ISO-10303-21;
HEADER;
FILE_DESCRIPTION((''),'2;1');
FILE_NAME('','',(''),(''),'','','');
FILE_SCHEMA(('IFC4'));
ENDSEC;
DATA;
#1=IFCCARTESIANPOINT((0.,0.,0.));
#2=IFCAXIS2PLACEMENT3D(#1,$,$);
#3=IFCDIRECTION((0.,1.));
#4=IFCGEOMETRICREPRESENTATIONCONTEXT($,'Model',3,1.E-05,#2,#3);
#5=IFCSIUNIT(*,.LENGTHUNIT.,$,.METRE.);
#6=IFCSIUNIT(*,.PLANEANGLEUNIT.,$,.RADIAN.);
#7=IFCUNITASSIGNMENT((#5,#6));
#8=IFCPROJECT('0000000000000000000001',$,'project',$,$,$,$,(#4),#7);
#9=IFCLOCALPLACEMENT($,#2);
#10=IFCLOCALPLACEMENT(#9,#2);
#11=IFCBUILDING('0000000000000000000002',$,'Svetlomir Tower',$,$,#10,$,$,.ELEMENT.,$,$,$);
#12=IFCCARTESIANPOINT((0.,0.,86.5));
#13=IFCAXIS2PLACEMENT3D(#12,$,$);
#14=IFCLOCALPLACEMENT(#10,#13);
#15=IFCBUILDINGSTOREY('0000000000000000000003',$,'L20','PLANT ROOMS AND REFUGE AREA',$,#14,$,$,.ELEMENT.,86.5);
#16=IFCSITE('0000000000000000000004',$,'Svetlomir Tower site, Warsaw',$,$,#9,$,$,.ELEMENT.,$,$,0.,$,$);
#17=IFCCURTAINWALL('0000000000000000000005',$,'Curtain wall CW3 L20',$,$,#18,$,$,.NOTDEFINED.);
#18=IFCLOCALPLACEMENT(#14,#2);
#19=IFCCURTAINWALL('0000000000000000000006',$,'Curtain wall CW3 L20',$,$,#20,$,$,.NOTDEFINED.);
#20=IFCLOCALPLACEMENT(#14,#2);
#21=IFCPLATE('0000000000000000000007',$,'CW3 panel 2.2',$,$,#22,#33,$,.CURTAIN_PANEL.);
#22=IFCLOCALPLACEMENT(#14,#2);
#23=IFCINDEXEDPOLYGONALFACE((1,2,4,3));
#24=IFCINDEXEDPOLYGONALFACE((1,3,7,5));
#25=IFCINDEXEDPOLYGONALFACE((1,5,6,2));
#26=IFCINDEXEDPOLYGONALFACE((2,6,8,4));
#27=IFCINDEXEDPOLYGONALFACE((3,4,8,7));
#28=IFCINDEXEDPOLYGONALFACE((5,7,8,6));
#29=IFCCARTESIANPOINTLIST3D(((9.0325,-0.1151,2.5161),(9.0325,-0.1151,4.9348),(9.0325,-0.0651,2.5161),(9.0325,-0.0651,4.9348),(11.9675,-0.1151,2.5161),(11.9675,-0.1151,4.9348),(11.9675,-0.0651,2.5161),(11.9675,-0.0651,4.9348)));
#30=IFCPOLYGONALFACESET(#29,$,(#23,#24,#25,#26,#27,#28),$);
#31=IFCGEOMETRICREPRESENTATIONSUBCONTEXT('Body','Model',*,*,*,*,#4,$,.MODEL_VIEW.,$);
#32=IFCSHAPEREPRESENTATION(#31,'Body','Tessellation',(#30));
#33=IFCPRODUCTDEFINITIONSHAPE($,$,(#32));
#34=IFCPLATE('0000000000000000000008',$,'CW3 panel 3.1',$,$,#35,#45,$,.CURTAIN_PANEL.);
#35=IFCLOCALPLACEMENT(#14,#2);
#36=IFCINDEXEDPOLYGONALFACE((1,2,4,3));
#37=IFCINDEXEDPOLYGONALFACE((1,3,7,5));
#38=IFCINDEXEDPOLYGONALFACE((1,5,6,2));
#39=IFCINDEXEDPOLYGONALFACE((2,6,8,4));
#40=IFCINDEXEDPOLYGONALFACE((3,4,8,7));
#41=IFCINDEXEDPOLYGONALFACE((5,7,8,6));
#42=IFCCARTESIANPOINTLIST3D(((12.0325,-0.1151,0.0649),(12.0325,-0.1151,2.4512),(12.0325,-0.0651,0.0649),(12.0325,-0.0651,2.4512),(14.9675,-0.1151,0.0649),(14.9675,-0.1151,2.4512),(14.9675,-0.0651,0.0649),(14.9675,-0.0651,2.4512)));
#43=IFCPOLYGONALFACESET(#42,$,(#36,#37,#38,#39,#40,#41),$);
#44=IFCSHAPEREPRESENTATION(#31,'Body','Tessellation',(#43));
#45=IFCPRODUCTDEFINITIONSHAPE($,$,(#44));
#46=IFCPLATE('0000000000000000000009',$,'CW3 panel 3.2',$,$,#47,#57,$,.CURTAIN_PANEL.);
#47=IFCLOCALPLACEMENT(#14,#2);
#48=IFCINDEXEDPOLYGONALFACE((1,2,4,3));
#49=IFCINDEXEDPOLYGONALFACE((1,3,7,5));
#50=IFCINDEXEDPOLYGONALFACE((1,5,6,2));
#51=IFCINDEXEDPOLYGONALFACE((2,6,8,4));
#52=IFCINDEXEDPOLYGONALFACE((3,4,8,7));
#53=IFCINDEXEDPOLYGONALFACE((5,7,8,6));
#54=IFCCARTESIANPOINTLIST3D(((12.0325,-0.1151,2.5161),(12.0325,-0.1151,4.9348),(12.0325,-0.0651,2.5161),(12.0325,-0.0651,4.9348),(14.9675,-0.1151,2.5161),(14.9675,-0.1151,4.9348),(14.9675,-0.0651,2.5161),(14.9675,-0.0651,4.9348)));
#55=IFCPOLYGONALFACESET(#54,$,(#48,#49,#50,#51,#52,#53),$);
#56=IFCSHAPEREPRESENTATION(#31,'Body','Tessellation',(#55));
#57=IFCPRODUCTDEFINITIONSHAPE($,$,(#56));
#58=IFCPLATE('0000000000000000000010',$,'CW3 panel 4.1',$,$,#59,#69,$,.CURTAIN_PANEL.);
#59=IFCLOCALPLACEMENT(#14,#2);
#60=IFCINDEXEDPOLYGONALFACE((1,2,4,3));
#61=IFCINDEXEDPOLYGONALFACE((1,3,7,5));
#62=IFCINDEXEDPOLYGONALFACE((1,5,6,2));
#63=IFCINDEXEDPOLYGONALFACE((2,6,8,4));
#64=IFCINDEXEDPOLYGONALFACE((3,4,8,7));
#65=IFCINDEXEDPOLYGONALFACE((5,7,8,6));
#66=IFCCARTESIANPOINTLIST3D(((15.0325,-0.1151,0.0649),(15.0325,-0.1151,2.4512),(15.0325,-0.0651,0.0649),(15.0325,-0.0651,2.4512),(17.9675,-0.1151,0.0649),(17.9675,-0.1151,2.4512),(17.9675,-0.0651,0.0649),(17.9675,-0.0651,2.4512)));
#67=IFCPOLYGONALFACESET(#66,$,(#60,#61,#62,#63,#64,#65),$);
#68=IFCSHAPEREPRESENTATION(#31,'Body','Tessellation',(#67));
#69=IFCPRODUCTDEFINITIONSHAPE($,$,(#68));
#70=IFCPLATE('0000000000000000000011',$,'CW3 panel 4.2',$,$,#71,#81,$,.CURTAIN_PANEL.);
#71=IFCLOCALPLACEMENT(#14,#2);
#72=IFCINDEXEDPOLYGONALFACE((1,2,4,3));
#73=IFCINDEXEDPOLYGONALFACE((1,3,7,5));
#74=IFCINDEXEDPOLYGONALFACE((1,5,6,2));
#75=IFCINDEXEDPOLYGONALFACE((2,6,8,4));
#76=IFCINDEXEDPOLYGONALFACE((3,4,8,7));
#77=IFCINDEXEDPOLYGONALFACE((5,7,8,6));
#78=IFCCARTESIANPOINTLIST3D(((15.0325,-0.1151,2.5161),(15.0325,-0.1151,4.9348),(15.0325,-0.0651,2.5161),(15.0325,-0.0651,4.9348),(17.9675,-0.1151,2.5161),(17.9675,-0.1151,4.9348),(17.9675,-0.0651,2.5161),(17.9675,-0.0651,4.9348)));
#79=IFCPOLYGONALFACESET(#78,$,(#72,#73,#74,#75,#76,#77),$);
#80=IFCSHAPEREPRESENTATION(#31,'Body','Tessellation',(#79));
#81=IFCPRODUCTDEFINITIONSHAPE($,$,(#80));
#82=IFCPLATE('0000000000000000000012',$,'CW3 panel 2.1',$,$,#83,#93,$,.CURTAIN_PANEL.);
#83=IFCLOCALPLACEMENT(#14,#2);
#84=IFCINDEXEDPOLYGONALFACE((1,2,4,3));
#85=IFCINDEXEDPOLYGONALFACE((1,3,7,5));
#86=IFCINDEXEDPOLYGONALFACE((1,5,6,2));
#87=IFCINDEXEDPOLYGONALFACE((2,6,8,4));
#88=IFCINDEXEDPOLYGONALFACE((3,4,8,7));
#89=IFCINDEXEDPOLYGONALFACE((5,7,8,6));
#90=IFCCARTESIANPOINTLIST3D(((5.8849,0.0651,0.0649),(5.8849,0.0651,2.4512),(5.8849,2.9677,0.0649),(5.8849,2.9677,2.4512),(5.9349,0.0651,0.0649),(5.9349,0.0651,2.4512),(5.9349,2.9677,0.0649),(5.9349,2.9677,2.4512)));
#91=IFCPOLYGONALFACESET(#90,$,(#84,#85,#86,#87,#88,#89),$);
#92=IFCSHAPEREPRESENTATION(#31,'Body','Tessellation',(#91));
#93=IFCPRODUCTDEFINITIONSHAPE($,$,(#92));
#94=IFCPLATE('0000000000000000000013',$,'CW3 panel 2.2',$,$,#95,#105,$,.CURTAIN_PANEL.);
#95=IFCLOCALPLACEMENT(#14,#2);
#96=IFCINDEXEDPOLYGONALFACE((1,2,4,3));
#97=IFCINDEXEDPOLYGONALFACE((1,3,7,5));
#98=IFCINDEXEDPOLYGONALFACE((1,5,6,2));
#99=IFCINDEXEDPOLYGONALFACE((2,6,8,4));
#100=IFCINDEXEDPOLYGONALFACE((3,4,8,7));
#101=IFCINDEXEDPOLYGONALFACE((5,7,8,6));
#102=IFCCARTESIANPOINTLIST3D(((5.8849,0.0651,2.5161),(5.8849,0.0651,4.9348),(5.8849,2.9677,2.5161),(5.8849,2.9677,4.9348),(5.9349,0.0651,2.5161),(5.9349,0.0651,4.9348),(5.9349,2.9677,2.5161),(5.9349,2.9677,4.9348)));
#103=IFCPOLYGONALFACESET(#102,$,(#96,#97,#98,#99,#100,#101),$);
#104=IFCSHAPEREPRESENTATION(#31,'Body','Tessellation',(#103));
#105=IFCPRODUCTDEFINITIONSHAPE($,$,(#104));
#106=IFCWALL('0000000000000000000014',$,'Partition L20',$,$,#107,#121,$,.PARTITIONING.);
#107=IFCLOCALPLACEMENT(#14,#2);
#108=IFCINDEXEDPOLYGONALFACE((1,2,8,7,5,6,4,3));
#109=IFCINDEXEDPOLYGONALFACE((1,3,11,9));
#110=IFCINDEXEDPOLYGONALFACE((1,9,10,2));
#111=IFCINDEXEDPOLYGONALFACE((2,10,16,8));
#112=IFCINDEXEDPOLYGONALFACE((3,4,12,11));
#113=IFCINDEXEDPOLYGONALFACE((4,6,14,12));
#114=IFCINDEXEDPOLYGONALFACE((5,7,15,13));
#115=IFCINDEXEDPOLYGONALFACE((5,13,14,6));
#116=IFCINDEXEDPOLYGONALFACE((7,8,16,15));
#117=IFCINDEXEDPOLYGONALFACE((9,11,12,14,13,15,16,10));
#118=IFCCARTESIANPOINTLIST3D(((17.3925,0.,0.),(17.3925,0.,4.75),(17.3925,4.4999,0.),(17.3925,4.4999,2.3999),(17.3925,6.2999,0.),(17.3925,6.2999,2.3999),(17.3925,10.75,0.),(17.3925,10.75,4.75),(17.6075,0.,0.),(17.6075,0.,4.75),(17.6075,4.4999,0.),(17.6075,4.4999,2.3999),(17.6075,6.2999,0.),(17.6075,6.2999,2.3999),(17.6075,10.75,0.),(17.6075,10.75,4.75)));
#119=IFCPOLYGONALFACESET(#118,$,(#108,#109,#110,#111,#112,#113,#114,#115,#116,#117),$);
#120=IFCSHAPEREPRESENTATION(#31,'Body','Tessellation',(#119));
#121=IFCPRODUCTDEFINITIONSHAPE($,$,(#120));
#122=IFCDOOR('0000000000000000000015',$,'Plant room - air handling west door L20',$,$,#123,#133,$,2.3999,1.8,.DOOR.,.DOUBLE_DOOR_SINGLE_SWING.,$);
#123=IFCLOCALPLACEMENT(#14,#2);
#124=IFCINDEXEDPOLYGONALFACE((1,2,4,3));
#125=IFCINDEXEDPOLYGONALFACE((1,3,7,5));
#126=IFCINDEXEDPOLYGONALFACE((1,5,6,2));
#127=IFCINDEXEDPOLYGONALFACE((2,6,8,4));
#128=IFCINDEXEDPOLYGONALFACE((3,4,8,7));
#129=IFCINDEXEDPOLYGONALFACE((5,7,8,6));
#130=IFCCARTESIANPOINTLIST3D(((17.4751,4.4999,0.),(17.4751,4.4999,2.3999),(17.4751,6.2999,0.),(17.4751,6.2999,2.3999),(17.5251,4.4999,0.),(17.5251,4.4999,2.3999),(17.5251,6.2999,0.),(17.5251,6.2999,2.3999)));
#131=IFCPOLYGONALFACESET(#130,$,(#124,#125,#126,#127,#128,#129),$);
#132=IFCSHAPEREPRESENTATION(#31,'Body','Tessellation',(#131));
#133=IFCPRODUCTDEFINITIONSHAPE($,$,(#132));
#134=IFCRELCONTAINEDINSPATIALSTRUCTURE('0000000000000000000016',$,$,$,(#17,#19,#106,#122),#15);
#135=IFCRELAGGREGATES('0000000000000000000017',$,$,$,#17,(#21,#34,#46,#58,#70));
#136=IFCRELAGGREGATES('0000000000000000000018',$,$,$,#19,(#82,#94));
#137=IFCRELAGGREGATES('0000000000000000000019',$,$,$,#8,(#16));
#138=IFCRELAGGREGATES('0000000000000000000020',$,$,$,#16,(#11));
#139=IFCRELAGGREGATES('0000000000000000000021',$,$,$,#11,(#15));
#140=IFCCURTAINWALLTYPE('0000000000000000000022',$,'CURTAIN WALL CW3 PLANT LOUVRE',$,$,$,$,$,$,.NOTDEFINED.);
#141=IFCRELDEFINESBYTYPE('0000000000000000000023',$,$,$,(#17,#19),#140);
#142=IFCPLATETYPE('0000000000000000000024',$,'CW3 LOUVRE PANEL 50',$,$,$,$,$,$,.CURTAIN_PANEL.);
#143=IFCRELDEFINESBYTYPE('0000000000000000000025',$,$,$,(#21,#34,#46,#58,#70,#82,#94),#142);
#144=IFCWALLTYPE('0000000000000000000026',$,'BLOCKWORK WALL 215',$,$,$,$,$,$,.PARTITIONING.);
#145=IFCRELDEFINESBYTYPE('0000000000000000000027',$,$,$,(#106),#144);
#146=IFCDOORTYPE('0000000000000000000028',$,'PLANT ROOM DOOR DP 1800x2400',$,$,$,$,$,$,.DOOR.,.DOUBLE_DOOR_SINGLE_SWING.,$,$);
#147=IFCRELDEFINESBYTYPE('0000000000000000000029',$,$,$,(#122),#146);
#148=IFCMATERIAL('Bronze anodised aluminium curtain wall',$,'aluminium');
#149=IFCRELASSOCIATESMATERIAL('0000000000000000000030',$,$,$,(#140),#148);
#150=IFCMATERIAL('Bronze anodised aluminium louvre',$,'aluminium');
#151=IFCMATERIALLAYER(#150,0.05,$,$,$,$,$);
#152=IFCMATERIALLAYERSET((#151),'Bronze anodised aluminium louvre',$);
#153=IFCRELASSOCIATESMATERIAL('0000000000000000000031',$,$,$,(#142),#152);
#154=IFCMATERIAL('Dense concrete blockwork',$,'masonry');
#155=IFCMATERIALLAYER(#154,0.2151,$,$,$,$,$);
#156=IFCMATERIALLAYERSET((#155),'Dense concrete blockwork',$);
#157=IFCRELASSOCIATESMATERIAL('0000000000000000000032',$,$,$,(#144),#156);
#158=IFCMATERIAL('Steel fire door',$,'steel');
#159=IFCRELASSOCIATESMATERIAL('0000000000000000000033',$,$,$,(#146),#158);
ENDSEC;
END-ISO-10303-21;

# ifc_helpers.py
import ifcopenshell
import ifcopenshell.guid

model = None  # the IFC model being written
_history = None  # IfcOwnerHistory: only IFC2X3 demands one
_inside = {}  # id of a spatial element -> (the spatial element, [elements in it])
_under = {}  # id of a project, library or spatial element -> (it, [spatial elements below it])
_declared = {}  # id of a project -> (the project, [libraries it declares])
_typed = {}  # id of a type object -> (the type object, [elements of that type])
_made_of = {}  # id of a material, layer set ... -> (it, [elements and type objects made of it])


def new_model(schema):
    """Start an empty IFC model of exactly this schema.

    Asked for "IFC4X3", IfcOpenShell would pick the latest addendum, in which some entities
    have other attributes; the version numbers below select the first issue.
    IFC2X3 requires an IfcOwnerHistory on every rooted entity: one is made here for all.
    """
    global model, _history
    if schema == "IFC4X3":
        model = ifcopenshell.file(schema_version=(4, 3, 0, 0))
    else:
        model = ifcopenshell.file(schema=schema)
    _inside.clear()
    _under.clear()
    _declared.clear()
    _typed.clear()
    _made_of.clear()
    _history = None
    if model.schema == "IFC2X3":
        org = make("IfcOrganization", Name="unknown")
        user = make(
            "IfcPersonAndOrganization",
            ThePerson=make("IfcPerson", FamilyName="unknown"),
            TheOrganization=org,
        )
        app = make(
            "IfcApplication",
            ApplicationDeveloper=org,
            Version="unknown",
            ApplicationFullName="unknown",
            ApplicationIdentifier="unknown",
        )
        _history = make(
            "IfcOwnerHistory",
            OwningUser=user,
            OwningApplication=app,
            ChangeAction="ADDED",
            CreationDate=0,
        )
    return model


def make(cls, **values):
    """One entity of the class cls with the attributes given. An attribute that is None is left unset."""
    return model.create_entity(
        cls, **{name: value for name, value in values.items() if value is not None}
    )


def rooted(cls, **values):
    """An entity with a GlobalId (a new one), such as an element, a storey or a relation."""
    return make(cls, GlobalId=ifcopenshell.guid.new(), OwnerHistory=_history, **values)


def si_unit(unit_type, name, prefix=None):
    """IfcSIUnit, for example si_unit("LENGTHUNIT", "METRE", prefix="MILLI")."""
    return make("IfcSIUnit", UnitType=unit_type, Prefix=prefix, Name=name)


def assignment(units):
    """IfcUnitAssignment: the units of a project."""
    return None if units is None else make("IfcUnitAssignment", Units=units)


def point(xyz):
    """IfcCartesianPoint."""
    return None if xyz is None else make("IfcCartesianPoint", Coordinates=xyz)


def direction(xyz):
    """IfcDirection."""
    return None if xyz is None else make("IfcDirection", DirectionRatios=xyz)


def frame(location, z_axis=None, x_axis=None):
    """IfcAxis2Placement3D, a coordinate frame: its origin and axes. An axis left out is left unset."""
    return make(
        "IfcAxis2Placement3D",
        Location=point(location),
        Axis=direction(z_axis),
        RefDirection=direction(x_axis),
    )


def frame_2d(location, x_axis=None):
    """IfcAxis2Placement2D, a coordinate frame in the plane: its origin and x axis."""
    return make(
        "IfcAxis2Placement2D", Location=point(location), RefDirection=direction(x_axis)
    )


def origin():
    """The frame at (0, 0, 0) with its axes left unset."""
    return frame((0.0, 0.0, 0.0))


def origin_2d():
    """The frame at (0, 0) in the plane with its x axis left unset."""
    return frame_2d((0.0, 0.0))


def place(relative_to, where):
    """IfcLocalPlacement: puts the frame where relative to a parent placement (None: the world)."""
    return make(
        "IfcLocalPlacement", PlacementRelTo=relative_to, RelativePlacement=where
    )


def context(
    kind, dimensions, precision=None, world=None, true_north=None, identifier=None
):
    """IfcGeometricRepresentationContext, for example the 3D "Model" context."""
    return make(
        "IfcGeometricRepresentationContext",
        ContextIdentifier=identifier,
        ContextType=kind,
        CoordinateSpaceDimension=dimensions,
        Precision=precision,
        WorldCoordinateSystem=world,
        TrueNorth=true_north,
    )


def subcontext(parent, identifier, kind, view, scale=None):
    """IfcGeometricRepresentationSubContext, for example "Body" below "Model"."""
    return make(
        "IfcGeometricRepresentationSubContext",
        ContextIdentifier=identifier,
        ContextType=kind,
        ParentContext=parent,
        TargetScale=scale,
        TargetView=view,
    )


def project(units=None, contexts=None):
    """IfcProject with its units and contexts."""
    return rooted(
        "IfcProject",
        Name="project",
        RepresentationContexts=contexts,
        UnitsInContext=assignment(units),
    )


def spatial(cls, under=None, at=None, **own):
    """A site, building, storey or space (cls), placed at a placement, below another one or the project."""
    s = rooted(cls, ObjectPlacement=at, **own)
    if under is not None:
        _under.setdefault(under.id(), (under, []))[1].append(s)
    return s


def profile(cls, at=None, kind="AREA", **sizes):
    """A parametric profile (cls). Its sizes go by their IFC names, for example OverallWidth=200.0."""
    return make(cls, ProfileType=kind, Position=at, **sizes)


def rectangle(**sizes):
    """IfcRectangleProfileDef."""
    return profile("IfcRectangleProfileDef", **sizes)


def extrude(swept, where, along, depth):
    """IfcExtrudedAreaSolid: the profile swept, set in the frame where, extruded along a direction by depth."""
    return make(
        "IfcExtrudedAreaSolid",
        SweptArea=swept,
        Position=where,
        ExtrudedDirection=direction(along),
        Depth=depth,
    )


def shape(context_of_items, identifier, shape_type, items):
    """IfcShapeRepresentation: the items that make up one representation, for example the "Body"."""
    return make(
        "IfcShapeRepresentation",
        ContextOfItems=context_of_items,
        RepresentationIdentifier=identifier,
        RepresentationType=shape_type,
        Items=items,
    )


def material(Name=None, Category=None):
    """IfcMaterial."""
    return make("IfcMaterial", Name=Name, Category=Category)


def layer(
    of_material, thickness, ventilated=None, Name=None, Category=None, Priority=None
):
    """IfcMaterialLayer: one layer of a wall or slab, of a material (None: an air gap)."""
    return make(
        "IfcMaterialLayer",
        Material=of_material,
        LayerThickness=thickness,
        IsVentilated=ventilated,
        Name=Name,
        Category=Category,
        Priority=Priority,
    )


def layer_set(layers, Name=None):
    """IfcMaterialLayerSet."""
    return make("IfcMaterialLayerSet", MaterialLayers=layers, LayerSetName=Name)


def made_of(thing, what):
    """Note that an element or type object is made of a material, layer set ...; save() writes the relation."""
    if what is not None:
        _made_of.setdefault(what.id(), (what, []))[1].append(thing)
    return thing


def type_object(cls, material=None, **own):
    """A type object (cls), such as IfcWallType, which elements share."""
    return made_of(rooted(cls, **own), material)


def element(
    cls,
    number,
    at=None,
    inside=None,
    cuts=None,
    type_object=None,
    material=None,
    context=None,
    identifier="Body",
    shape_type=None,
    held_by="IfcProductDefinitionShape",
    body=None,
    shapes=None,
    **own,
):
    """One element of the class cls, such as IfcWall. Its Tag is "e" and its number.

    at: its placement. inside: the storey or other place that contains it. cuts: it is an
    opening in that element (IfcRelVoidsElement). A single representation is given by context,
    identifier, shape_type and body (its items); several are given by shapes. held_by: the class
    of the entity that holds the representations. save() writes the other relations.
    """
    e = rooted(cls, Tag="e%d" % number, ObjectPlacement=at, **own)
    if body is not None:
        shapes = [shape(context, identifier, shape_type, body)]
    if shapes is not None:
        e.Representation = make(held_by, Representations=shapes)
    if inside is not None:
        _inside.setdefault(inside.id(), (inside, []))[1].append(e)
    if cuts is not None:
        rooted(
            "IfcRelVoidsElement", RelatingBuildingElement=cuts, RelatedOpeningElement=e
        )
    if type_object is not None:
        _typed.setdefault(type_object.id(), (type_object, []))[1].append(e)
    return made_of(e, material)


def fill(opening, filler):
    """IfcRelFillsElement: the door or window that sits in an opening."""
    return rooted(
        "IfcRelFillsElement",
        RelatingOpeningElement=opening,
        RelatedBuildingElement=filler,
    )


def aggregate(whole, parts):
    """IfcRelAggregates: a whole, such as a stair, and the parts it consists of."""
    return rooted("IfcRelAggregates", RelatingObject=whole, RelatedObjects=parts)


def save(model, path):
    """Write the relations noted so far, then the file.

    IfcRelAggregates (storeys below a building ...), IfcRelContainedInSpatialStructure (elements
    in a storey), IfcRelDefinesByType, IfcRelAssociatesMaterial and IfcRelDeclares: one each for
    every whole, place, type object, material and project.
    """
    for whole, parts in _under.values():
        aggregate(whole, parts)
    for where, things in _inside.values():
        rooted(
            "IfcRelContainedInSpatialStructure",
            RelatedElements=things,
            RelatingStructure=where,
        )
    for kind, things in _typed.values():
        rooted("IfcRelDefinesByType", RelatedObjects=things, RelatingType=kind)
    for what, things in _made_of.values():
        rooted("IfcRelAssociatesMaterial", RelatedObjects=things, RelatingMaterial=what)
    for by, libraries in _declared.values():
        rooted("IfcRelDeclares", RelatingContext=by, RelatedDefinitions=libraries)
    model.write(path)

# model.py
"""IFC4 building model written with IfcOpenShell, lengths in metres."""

from ifc_helpers import new_model, si_unit, direction, frame, frame_2d, origin, origin_2d, place, context, subcontext, project, spatial, rectangle, extrude, material, layer, layer_set, type_object, element, fill, aggregate, save


model = new_model("IFC4")

# Units and contexts
model_context = context("Model", 3, precision=1e-05, world=origin(), true_north=direction((0.0, 1.0)))
body_context = subcontext(model_context, "Body", "Model", "MODEL_VIEW")
ifc_project = project(units=[si_unit("LENGTHUNIT", "METRE"), si_unit("PLANEANGLEUNIT", "RADIAN")], contexts=[model_context])

# Site, building, storey
site_placement = place(None, origin())
site = spatial("IfcSite", under=ifc_project, at=site_placement, Name="Svetlomir Tower site, Warsaw", CompositionType="ELEMENT", RefElevation=0.0)
building_placement = place(site_placement, origin())
building = spatial("IfcBuilding", under=site, at=building_placement, Name="Svetlomir Tower", CompositionType="ELEMENT")
storey_placement = place(building_placement, frame((0.0, 0.0, 86.5)))
storey = spatial("IfcBuildingStorey", under=building, at=storey_placement, Name="L20", Description="PLANT ROOMS AND REFUGE AREA", CompositionType="ELEMENT", Elevation=86.5)

# Curtain wall
ifc_material_1 = material(Name="Bronze anodised aluminium curtain wall", Category="aluminium")
curtain_wall_type = type_object("IfcCurtainWallType", Name="CURTAIN WALL CW3 PLANT LOUVRE", PredefinedType="NOTDEFINED", material=ifc_material_1)
curtain_wall_1_placement = place(storey_placement, origin())
curtain_wall_1 = element("IfcCurtainWall", 1, at=curtain_wall_1_placement, inside=storey, type_object=curtain_wall_type, Name="Curtain wall CW3 L20", PredefinedType="NOTDEFINED")

# Curtain wall
curtain_wall_2_placement = place(storey_placement, origin())
curtain_wall_2 = element("IfcCurtainWall", 2, at=curtain_wall_2_placement, inside=storey, type_object=curtain_wall_type, Name="Curtain wall CW3 L20", PredefinedType="NOTDEFINED")

# Plates
ifc_material_2 = material(Name="Bronze anodised aluminium louvre", Category="aluminium")
ifc_layer_1 = layer(ifc_material_2, 0.05)
ifc_layer_set_1 = layer_set([ifc_layer_1], Name="Bronze anodised aluminium louvre")
plate_type = type_object("IfcPlateType", Name="CW3 LOUVRE PANEL 50", PredefinedType="CURTAIN_PANEL", material=ifc_layer_set_1)
plate_1_placement = place(storey_placement, frame((10.5, -0.0901, 2.5161), z_axis=(0.0, 0.0, 1.0), x_axis=(1.0, 0.0, 0.0)))
plate_1 = element("IfcPlate", 3, at=plate_1_placement, type_object=plate_type, Name="CW3 panel 2.2", PredefinedType="CURTAIN_PANEL", context=body_context, shape_type="SweptSolid", body=[
    extrude(rectangle(XDim=2.9351, YDim=0.05, at=origin_2d()), origin(), (0.0, 0.0, 1.0), 2.4187),
])
plate_2_placement = place(storey_placement, frame((13.5, -0.0901, 0.0649), z_axis=(0.0, 0.0, 1.0), x_axis=(1.0, 0.0, 0.0)))
plate_2 = element("IfcPlate", 4, at=plate_2_placement, type_object=plate_type, Name="CW3 panel 3.1", PredefinedType="CURTAIN_PANEL", context=body_context, shape_type="SweptSolid", body=[
    extrude(rectangle(XDim=2.9351, YDim=0.05, at=origin_2d()), origin(), (0.0, 0.0, 1.0), 2.3862),
])
plate_3_placement = place(storey_placement, frame((13.5, -0.0901, 2.5161), z_axis=(0.0, 0.0, 1.0), x_axis=(1.0, 0.0, 0.0)))
plate_3 = element("IfcPlate", 5, at=plate_3_placement, type_object=plate_type, Name="CW3 panel 3.2", PredefinedType="CURTAIN_PANEL", context=body_context, shape_type="SweptSolid", body=[
    extrude(rectangle(XDim=2.9351, YDim=0.05, at=origin_2d()), origin(), (0.0, 0.0, 1.0), 2.4187),
])
plate_4_placement = place(storey_placement, frame((16.5, -0.0901, 0.0649), z_axis=(0.0, 0.0, 1.0), x_axis=(1.0, 0.0, 0.0)))
plate_4 = element("IfcPlate", 6, at=plate_4_placement, type_object=plate_type, Name="CW3 panel 4.1", PredefinedType="CURTAIN_PANEL", context=body_context, shape_type="SweptSolid", body=[
    extrude(rectangle(XDim=2.9351, YDim=0.05, at=origin_2d()), origin(), (0.0, 0.0, 1.0), 2.3862),
])
plate_5_placement = place(storey_placement, frame((16.5, -0.0901, 2.5161), z_axis=(0.0, 0.0, 1.0), x_axis=(1.0, 0.0, 0.0)))
plate_5 = element("IfcPlate", 7, at=plate_5_placement, type_object=plate_type, Name="CW3 panel 4.2", PredefinedType="CURTAIN_PANEL", context=body_context, shape_type="SweptSolid", body=[
    extrude(rectangle(XDim=2.9351, YDim=0.05, at=origin_2d()), origin(), (0.0, 0.0, 1.0), 2.4187),
])
aggregate(curtain_wall_1, [plate_1, plate_2, plate_3, plate_4, plate_5])
plate_6_placement = place(storey_placement, frame((5.9099, 1.5164, 0.0649), z_axis=(0.0, 0.0, 1.0), x_axis=(0.0, -1.0, 0.0)))
plate_6 = element("IfcPlate", 8, at=plate_6_placement, type_object=plate_type, Name="CW3 panel 2.1", PredefinedType="CURTAIN_PANEL", context=body_context, shape_type="SweptSolid", body=[
    extrude(rectangle(XDim=2.9026, YDim=0.05, at=origin_2d()), origin(), (0.0, 0.0, 1.0), 2.3862),
])
plate_7_placement = place(storey_placement, frame((5.9099, 1.5164, 2.5161), z_axis=(0.0, 0.0, 1.0), x_axis=(0.0, -1.0, 0.0)))
plate_7 = element("IfcPlate", 9, at=plate_7_placement, type_object=plate_type, Name="CW3 panel 2.2", PredefinedType="CURTAIN_PANEL", context=body_context, shape_type="SweptSolid", body=[
    extrude(rectangle(XDim=2.9026, YDim=0.05, at=origin_2d()), origin(), (0.0, 0.0, 1.0), 2.4187),
])
aggregate(curtain_wall_2, [plate_6, plate_7])

# Wall, opening, door
ifc_material_3 = material(Name="Dense concrete blockwork", Category="masonry")
ifc_layer_2 = layer(ifc_material_3, 0.2151)
ifc_layer_set_2 = layer_set([ifc_layer_2], Name="Dense concrete blockwork")
wall_type = type_object("IfcWallType", Name="BLOCKWORK WALL 215", PredefinedType="PARTITIONING", material=ifc_layer_set_2)
wall_placement = place(storey_placement, frame((17.5, 0.0, 0.0), z_axis=(0.0, 0.0, 1.0), x_axis=(0.0, 1.0, 0.0)))
wall = element("IfcWall", 10, at=wall_placement, inside=storey, type_object=wall_type, Name="Partition L20", PredefinedType="PARTITIONING", context=body_context, shape_type="SweptSolid", body=[
    extrude(rectangle(XDim=10.75, YDim=0.2151, at=frame_2d((5.375, 0.0))), origin(), (0.0, 0.0, 1.0), 4.75),
])
opening_placement = place(wall_placement, frame((4.5, 0.0, 0.0)))
opening = element("IfcOpeningElement", 11, at=opening_placement, cuts=wall, PredefinedType="OPENING", context=body_context, shape_type="SweptSolid", body=[
    extrude(rectangle(XDim=1.8, YDim=2.3999, at=frame_2d((0.8999, 1.2))), frame((0.0, 0.1177, 0.0), z_axis=(0.0, -1.0, 0.0), x_axis=(1.0, 0.0, 0.0)), (0.0, 0.0, 1.0), 0.2351),
])
ifc_material_4 = material(Name="Steel fire door", Category="steel")
door_type = type_object("IfcDoorType", Name="PLANT ROOM DOOR DP 1800x2400", OperationType="DOUBLE_DOOR_SINGLE_SWING", PredefinedType="DOOR", material=ifc_material_4)
door_placement = place(opening_placement, origin())
door = element("IfcDoor", 12, at=door_placement, inside=storey, type_object=door_type, Name="Plant room - air handling west door L20", OperationType="DOUBLE_DOOR_SINGLE_SWING", OverallHeight=2.3999, OverallWidth=1.8, PredefinedType="DOOR", context=body_context, shape_type="SweptSolid", body=[
    extrude(rectangle(XDim=1.8, YDim=2.3999, at=frame_2d((0.8999, 1.2))), frame((0.0, 0.0249, 0.0), z_axis=(0.0, -1.0, 0.0), x_axis=(1.0, 0.0, 0.0)), (0.0, 0.0, 1.0), 0.05),
])
fill(opening, door)

save(model, "model.ifc")
